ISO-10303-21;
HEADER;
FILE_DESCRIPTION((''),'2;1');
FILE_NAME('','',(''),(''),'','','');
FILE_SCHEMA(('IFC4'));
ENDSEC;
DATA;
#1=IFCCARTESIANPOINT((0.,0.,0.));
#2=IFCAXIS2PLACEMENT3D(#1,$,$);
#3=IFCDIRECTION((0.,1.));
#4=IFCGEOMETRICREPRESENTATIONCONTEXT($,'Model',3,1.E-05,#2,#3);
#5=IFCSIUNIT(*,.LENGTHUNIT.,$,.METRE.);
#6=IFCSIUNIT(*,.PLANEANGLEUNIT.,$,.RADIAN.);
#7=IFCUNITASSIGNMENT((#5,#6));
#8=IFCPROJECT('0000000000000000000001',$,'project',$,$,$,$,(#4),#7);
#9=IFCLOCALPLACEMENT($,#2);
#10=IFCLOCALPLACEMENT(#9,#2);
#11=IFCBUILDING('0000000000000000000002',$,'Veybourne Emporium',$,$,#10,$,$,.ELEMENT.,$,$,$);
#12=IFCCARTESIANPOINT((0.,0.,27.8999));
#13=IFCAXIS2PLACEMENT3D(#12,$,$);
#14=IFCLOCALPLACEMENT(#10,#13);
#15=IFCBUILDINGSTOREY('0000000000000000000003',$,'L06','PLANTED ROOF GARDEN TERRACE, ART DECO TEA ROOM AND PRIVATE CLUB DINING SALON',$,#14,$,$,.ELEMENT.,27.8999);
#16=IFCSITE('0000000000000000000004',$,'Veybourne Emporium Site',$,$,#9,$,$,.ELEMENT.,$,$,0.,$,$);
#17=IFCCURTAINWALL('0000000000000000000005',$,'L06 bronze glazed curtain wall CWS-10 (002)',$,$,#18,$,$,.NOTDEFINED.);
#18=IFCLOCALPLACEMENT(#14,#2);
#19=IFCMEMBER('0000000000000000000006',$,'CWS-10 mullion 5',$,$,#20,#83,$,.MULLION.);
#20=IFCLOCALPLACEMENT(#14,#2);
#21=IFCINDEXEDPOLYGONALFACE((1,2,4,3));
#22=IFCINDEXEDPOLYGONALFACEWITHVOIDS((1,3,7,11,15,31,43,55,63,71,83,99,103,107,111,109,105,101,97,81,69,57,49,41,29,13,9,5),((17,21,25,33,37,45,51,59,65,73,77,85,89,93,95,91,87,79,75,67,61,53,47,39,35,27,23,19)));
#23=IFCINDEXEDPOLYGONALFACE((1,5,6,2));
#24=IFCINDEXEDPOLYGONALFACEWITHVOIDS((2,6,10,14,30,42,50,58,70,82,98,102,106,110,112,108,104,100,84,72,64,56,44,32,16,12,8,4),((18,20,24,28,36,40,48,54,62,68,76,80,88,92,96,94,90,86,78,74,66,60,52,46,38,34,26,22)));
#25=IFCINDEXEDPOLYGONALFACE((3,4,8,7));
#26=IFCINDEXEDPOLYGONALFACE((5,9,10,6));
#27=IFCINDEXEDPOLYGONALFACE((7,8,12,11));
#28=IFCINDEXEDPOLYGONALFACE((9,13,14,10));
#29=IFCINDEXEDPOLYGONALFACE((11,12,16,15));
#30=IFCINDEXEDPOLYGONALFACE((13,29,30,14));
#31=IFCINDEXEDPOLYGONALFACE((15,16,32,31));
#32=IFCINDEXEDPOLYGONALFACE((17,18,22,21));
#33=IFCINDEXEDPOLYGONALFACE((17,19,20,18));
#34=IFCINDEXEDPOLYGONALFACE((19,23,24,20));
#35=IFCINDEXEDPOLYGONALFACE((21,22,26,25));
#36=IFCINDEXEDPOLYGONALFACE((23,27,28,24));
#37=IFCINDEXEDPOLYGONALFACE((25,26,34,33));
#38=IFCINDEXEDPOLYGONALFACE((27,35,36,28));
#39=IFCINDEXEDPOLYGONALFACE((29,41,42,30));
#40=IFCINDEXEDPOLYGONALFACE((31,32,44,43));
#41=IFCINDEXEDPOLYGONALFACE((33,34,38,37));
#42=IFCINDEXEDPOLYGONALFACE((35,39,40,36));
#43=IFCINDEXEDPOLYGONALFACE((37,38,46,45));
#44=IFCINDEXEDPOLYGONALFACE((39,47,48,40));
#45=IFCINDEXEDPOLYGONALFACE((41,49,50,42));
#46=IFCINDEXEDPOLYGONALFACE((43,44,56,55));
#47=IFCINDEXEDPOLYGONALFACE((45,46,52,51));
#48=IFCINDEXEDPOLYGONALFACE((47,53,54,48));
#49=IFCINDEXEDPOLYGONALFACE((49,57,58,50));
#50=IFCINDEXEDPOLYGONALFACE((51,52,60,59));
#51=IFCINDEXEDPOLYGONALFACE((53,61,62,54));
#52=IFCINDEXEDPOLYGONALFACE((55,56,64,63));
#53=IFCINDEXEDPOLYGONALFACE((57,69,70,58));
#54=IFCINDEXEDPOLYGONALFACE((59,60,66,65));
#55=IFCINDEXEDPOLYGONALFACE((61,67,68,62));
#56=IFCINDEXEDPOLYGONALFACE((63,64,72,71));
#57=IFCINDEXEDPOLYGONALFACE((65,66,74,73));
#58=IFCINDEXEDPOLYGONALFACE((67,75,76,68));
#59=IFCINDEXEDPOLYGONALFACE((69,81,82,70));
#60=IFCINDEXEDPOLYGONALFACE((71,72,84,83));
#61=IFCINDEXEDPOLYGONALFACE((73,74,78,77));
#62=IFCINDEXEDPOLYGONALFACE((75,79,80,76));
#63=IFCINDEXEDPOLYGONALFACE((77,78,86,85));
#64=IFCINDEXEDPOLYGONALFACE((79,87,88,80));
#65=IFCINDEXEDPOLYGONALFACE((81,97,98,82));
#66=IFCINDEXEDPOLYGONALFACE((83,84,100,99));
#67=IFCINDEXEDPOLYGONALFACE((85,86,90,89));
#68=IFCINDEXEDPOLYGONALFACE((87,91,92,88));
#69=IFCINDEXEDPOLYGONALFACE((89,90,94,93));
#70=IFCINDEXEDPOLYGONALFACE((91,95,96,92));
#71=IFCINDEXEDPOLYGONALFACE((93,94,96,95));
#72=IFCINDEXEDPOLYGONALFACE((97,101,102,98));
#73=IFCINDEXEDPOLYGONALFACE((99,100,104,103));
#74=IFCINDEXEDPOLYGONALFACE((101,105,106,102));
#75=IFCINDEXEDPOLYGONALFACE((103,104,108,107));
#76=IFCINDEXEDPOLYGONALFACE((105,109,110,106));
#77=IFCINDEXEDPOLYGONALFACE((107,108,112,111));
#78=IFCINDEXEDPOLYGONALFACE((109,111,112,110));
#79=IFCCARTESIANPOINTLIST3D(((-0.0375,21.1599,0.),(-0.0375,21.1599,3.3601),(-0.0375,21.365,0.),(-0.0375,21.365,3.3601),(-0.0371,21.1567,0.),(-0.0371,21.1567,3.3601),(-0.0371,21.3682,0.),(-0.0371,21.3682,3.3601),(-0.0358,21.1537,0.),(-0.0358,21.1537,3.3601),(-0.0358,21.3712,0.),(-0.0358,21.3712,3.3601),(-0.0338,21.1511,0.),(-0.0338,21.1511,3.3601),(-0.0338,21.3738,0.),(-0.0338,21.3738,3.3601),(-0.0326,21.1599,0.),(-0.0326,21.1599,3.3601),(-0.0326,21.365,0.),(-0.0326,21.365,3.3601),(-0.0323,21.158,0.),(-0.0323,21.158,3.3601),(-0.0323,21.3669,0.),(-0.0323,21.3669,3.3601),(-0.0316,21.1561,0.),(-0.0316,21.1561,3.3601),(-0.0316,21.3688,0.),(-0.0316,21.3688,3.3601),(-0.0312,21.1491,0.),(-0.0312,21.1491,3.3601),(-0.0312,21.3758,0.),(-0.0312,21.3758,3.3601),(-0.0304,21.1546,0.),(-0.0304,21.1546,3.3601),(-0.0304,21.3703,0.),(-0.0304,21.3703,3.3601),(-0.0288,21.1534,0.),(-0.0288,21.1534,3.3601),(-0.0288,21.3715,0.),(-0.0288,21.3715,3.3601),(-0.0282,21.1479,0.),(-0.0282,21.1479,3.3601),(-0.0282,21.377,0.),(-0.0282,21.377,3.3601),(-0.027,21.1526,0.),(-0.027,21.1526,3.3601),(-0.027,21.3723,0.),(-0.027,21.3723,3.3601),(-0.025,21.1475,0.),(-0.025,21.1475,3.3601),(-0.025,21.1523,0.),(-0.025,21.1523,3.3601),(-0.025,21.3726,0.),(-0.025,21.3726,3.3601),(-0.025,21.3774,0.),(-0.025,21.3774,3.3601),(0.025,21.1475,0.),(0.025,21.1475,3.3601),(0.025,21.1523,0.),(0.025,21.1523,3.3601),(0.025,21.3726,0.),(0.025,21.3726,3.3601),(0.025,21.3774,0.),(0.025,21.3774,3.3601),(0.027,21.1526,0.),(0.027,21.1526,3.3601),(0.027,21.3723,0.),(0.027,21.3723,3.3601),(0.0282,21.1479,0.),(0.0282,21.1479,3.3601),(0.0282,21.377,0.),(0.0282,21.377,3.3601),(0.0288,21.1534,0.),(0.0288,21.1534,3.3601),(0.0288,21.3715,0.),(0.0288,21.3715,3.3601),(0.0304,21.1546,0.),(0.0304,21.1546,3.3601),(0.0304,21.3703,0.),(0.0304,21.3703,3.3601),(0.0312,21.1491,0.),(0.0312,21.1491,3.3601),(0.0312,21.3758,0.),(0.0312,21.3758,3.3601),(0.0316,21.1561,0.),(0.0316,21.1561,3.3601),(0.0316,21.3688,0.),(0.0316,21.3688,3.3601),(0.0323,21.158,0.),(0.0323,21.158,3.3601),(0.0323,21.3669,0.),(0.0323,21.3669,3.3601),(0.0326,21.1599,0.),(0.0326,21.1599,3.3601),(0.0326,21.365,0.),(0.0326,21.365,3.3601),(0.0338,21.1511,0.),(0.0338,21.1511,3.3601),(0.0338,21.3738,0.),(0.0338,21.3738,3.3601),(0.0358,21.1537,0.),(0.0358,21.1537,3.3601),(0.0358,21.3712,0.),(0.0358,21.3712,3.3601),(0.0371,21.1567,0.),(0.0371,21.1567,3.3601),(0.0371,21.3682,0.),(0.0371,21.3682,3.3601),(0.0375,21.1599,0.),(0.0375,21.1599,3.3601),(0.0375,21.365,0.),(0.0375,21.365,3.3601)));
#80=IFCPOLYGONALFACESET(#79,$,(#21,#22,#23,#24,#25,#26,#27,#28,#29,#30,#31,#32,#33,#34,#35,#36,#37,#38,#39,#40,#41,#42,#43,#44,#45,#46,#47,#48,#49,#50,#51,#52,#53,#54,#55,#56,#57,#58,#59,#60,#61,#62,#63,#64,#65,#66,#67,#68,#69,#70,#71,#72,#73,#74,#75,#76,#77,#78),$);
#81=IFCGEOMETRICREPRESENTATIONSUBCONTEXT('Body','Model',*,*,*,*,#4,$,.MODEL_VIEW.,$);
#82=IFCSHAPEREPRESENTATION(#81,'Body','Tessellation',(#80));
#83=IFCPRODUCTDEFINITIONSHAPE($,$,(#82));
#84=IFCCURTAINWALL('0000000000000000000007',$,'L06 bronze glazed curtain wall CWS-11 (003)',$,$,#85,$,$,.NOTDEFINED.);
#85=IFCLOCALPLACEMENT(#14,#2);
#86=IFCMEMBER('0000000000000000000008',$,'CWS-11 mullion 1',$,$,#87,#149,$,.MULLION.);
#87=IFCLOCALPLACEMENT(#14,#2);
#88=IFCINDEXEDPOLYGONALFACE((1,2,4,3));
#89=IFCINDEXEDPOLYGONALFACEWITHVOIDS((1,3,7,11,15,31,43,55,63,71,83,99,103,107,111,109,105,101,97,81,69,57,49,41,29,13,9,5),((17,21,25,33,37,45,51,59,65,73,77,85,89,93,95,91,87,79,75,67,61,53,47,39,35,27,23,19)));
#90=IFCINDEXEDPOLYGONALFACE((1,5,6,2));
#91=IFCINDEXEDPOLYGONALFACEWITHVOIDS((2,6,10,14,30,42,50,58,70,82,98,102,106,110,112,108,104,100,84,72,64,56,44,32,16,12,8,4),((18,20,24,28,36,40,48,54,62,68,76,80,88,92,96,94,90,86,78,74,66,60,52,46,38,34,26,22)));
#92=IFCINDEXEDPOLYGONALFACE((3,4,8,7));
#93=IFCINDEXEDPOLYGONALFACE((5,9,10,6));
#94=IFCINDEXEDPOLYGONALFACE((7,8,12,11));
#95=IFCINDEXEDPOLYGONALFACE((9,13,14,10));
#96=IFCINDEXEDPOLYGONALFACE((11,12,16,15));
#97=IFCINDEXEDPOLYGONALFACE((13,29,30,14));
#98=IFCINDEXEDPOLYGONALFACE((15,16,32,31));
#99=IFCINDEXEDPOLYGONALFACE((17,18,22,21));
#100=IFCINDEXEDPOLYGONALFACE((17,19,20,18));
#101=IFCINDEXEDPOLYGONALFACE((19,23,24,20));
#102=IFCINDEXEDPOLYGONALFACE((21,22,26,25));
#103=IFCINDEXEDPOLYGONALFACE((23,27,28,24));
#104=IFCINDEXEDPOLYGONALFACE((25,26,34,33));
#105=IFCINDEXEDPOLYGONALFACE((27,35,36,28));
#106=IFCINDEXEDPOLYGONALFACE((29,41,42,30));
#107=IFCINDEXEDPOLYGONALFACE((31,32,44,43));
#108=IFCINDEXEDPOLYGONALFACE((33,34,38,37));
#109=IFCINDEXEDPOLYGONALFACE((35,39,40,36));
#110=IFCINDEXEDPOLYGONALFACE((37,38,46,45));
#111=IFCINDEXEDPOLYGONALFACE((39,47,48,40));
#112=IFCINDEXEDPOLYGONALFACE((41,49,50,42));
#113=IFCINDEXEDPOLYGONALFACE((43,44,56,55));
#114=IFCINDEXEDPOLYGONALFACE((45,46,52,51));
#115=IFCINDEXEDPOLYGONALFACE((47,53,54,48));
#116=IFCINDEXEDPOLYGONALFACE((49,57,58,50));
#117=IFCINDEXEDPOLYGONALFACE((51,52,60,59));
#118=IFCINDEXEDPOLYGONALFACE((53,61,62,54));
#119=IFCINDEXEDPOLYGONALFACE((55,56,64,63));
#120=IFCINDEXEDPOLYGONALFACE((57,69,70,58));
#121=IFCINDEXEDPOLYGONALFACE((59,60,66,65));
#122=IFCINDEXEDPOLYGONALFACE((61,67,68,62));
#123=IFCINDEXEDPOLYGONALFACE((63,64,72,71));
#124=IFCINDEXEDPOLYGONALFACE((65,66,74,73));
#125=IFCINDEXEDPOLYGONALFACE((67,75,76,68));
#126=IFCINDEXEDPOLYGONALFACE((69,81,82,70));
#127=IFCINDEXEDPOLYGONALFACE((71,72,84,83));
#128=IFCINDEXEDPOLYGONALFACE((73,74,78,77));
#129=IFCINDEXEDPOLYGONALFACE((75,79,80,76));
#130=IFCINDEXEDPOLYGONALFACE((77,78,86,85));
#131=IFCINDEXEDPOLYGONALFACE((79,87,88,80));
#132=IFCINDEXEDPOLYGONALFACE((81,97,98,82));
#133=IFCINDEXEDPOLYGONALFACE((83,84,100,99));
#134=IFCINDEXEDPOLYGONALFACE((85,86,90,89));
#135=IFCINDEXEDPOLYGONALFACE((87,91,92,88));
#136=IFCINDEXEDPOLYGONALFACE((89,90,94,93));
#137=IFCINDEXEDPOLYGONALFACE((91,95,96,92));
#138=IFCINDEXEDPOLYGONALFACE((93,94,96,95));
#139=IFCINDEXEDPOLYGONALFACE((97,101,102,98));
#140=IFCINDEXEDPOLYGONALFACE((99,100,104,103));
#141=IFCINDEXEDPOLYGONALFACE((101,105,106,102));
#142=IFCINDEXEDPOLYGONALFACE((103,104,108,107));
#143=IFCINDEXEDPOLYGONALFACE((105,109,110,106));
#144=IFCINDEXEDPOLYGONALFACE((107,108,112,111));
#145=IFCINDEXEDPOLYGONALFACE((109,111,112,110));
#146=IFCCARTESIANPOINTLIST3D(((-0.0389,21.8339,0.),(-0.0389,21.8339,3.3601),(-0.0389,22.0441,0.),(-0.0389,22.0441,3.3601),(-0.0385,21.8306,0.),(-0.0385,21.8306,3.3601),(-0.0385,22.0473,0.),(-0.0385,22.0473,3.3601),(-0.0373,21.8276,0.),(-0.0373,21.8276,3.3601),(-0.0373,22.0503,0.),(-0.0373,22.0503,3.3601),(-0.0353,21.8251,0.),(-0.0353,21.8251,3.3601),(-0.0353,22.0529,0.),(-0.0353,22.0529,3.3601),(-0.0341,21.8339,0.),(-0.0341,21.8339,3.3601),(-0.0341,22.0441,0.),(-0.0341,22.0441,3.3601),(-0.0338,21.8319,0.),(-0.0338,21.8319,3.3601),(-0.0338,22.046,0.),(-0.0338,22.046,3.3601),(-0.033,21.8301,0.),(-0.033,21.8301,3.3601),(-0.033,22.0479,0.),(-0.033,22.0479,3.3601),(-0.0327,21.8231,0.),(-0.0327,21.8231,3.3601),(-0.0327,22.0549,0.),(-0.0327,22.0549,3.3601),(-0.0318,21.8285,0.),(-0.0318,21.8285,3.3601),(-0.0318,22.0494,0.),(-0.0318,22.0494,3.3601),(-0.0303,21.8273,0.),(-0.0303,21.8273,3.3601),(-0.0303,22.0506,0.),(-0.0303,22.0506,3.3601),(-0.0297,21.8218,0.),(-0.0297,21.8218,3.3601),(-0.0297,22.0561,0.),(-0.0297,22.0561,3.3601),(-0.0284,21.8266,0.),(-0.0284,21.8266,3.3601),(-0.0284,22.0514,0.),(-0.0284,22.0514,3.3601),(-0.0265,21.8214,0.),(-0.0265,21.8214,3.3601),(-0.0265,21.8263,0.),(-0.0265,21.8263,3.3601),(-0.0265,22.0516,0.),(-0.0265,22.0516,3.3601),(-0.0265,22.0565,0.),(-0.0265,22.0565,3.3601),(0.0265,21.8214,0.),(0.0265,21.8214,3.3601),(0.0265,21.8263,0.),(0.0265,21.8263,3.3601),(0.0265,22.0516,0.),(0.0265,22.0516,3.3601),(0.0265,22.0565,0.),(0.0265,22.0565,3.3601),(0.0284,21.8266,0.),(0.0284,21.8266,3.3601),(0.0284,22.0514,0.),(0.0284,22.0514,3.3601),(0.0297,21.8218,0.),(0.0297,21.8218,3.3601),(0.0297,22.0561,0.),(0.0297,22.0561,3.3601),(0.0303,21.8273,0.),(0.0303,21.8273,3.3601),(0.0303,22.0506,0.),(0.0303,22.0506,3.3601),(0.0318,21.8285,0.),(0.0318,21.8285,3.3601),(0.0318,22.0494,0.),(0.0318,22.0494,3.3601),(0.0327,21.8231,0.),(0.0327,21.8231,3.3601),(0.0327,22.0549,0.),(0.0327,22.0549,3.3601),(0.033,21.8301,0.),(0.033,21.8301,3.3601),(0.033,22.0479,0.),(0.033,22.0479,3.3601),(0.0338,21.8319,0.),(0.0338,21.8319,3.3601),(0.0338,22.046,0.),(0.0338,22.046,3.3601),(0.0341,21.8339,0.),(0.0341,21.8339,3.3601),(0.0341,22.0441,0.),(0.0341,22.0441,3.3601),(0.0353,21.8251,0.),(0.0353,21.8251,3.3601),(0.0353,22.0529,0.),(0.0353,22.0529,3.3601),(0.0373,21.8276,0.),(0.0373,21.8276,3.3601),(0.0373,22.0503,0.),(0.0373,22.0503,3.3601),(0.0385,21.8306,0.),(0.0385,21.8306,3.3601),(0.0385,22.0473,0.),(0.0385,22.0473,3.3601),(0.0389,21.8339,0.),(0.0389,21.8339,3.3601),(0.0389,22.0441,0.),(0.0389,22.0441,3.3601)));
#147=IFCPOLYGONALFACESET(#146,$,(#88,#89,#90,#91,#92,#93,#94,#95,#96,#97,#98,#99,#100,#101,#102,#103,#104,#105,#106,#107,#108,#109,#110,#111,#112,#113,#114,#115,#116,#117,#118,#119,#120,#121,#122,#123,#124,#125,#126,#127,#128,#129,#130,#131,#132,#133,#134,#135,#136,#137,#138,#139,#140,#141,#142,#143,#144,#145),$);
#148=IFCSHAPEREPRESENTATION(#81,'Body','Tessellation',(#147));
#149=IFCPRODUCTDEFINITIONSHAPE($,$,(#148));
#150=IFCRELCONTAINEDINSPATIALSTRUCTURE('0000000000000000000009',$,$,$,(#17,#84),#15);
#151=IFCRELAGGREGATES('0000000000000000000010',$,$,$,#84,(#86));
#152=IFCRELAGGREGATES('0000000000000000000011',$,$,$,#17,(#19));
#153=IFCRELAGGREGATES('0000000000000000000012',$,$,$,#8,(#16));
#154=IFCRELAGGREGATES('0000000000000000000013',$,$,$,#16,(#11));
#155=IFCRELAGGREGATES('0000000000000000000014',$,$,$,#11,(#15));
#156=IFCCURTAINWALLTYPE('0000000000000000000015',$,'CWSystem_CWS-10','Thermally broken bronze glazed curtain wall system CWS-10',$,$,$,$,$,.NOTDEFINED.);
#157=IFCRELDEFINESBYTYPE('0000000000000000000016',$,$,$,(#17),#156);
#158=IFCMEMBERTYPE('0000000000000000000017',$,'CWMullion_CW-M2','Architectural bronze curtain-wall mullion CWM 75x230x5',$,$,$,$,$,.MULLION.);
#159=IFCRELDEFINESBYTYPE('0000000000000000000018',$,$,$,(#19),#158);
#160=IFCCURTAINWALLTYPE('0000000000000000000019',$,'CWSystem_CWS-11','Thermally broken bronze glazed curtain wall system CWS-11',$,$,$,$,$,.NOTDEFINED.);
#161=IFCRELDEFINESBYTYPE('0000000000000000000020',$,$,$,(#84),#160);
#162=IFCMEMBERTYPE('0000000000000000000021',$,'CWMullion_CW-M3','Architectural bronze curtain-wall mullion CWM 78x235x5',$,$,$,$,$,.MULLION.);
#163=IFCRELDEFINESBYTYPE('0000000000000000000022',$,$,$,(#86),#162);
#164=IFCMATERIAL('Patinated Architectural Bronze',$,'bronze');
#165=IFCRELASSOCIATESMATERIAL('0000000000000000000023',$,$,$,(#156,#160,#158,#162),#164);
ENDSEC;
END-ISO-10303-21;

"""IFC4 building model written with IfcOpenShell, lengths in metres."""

from ifc_helpers import new_model, si_unit, direction, frame, origin, origin_2d, place, context, subcontext, project, spatial, hollow_rectangle, extrude, material, material_profile, profile_set, type_object, element, aggregate, save


model = new_model("IFC4")

# Units and contexts
model_context = context("Model", 3, precision=1e-05, world=origin(), true_north=direction((0.0, 1.0)))
body_context = subcontext(model_context, "Body", "Model", "MODEL_VIEW")
ifc_project = project(units=[si_unit("LENGTHUNIT", "METRE"), si_unit("PLANEANGLEUNIT", "RADIAN")], contexts=[model_context])

# Site, building, storey
site_placement = place(None, origin())
site = spatial("IfcSite", under=ifc_project, at=site_placement, Name="Veybourne Emporium Site", CompositionType="ELEMENT", RefElevation=0.0)
building_placement = place(site_placement, origin())
building = spatial("IfcBuilding", under=site, at=building_placement, Name="Veybourne Emporium", CompositionType="ELEMENT")
storey_placement = place(building_placement, frame((0.0, 0.0, 27.8999)))
storey = spatial("IfcBuildingStorey", under=building, at=storey_placement, Name="L06", Description="PLANTED ROOF GARDEN TERRACE, ART DECO TEA ROOM AND PRIVATE CLUB DINING SALON", CompositionType="ELEMENT", Elevation=27.8999)

# Shared definitions
ifc_material_1 = material(Name="Patinated Architectural Bronze", Category="bronze")

# Curtain walls, members
curtain_wall_type_1 = type_object("IfcCurtainWallType", Name="CWSystem_CWS-10", Description="Thermally broken bronze glazed curtain wall system CWS-10", PredefinedType="NOTDEFINED", material=ifc_material_1)
curtain_wall_1_placement = place(storey_placement, origin())
curtain_wall_1 = element("IfcCurtainWall", 1, at=curtain_wall_1_placement, inside=storey, type_object=curtain_wall_type_1, Name="L06 bronze glazed curtain wall CWS-10 (002)", PredefinedType="NOTDEFINED")
ifc_material_profile_1 = material_profile(ifc_material_1, hollow_rectangle(XDim=0.075, YDim=0.23, WallThickness=0.0049, InnerFilletRadius=0.0076, OuterFilletRadius=0.0125, at=origin_2d()), Name="CWM 75x230x5")
ifc_profile_set_1 = profile_set([ifc_material_profile_1], Name="Patinated Architectural Bronze")
member_type_1 = type_object("IfcMemberType", Name="CWMullion_CW-M2", Description="Architectural bronze curtain-wall mullion CWM 75x230x5", PredefinedType="MULLION", material=ifc_profile_set_1)
member_1_placement = place(storey_placement, frame((0.0, 21.2625, 0.0), z_axis=(0.0, 0.0, 1.0), x_axis=(-1.0, 0.0, 0.0)))
member_1 = element("IfcMember", 2, at=member_1_placement, type_object=member_type_1, Name="CWS-10 mullion 5", PredefinedType="MULLION", context=body_context, shape_type="SweptSolid", body=[
    extrude(hollow_rectangle(XDim=0.075, YDim=0.23, WallThickness=0.0049, InnerFilletRadius=0.0076, OuterFilletRadius=0.0125, at=origin_2d()), origin(), (0.0, 0.0, 1.0), 3.3601),
])
curtain_wall_type_2 = type_object("IfcCurtainWallType", Name="CWSystem_CWS-11", Description="Thermally broken bronze glazed curtain wall system CWS-11", PredefinedType="NOTDEFINED", material=ifc_material_1)
curtain_wall_2_placement = place(storey_placement, origin())
curtain_wall_2 = element("IfcCurtainWall", 3, at=curtain_wall_2_placement, inside=storey, type_object=curtain_wall_type_2, Name="L06 bronze glazed curtain wall CWS-11 (003)", PredefinedType="NOTDEFINED")
ifc_material_profile_2 = material_profile(ifc_material_1, hollow_rectangle(XDim=0.0779, YDim=0.2351, WallThickness=0.0049, InnerFilletRadius=0.0076, OuterFilletRadius=0.0125, at=origin_2d()), Name="CWM 78x235x5")
ifc_profile_set_2 = profile_set([ifc_material_profile_2], Name="Patinated Architectural Bronze")
member_type_2 = type_object("IfcMemberType", Name="CWMullion_CW-M3", Description="Architectural bronze curtain-wall mullion CWM 78x235x5", PredefinedType="MULLION", material=ifc_profile_set_2)
member_2_placement = place(storey_placement, frame((0.0, 21.939, 0.0), z_axis=(0.0, 0.0, 1.0), x_axis=(-1.0, 0.0, 0.0)))
member_2 = element("IfcMember", 4, at=member_2_placement, type_object=member_type_2, Name="CWS-11 mullion 1", PredefinedType="MULLION", context=body_context, shape_type="SweptSolid", body=[
    extrude(hollow_rectangle(XDim=0.0779, YDim=0.2351, WallThickness=0.0049, InnerFilletRadius=0.0076, OuterFilletRadius=0.0125, at=origin_2d()), origin(), (0.0, 0.0, 1.0), 3.3601),
])

aggregate(curtain_wall_2, [member_2])

aggregate(curtain_wall_1, [member_1])

save(model, "model.ifc")
